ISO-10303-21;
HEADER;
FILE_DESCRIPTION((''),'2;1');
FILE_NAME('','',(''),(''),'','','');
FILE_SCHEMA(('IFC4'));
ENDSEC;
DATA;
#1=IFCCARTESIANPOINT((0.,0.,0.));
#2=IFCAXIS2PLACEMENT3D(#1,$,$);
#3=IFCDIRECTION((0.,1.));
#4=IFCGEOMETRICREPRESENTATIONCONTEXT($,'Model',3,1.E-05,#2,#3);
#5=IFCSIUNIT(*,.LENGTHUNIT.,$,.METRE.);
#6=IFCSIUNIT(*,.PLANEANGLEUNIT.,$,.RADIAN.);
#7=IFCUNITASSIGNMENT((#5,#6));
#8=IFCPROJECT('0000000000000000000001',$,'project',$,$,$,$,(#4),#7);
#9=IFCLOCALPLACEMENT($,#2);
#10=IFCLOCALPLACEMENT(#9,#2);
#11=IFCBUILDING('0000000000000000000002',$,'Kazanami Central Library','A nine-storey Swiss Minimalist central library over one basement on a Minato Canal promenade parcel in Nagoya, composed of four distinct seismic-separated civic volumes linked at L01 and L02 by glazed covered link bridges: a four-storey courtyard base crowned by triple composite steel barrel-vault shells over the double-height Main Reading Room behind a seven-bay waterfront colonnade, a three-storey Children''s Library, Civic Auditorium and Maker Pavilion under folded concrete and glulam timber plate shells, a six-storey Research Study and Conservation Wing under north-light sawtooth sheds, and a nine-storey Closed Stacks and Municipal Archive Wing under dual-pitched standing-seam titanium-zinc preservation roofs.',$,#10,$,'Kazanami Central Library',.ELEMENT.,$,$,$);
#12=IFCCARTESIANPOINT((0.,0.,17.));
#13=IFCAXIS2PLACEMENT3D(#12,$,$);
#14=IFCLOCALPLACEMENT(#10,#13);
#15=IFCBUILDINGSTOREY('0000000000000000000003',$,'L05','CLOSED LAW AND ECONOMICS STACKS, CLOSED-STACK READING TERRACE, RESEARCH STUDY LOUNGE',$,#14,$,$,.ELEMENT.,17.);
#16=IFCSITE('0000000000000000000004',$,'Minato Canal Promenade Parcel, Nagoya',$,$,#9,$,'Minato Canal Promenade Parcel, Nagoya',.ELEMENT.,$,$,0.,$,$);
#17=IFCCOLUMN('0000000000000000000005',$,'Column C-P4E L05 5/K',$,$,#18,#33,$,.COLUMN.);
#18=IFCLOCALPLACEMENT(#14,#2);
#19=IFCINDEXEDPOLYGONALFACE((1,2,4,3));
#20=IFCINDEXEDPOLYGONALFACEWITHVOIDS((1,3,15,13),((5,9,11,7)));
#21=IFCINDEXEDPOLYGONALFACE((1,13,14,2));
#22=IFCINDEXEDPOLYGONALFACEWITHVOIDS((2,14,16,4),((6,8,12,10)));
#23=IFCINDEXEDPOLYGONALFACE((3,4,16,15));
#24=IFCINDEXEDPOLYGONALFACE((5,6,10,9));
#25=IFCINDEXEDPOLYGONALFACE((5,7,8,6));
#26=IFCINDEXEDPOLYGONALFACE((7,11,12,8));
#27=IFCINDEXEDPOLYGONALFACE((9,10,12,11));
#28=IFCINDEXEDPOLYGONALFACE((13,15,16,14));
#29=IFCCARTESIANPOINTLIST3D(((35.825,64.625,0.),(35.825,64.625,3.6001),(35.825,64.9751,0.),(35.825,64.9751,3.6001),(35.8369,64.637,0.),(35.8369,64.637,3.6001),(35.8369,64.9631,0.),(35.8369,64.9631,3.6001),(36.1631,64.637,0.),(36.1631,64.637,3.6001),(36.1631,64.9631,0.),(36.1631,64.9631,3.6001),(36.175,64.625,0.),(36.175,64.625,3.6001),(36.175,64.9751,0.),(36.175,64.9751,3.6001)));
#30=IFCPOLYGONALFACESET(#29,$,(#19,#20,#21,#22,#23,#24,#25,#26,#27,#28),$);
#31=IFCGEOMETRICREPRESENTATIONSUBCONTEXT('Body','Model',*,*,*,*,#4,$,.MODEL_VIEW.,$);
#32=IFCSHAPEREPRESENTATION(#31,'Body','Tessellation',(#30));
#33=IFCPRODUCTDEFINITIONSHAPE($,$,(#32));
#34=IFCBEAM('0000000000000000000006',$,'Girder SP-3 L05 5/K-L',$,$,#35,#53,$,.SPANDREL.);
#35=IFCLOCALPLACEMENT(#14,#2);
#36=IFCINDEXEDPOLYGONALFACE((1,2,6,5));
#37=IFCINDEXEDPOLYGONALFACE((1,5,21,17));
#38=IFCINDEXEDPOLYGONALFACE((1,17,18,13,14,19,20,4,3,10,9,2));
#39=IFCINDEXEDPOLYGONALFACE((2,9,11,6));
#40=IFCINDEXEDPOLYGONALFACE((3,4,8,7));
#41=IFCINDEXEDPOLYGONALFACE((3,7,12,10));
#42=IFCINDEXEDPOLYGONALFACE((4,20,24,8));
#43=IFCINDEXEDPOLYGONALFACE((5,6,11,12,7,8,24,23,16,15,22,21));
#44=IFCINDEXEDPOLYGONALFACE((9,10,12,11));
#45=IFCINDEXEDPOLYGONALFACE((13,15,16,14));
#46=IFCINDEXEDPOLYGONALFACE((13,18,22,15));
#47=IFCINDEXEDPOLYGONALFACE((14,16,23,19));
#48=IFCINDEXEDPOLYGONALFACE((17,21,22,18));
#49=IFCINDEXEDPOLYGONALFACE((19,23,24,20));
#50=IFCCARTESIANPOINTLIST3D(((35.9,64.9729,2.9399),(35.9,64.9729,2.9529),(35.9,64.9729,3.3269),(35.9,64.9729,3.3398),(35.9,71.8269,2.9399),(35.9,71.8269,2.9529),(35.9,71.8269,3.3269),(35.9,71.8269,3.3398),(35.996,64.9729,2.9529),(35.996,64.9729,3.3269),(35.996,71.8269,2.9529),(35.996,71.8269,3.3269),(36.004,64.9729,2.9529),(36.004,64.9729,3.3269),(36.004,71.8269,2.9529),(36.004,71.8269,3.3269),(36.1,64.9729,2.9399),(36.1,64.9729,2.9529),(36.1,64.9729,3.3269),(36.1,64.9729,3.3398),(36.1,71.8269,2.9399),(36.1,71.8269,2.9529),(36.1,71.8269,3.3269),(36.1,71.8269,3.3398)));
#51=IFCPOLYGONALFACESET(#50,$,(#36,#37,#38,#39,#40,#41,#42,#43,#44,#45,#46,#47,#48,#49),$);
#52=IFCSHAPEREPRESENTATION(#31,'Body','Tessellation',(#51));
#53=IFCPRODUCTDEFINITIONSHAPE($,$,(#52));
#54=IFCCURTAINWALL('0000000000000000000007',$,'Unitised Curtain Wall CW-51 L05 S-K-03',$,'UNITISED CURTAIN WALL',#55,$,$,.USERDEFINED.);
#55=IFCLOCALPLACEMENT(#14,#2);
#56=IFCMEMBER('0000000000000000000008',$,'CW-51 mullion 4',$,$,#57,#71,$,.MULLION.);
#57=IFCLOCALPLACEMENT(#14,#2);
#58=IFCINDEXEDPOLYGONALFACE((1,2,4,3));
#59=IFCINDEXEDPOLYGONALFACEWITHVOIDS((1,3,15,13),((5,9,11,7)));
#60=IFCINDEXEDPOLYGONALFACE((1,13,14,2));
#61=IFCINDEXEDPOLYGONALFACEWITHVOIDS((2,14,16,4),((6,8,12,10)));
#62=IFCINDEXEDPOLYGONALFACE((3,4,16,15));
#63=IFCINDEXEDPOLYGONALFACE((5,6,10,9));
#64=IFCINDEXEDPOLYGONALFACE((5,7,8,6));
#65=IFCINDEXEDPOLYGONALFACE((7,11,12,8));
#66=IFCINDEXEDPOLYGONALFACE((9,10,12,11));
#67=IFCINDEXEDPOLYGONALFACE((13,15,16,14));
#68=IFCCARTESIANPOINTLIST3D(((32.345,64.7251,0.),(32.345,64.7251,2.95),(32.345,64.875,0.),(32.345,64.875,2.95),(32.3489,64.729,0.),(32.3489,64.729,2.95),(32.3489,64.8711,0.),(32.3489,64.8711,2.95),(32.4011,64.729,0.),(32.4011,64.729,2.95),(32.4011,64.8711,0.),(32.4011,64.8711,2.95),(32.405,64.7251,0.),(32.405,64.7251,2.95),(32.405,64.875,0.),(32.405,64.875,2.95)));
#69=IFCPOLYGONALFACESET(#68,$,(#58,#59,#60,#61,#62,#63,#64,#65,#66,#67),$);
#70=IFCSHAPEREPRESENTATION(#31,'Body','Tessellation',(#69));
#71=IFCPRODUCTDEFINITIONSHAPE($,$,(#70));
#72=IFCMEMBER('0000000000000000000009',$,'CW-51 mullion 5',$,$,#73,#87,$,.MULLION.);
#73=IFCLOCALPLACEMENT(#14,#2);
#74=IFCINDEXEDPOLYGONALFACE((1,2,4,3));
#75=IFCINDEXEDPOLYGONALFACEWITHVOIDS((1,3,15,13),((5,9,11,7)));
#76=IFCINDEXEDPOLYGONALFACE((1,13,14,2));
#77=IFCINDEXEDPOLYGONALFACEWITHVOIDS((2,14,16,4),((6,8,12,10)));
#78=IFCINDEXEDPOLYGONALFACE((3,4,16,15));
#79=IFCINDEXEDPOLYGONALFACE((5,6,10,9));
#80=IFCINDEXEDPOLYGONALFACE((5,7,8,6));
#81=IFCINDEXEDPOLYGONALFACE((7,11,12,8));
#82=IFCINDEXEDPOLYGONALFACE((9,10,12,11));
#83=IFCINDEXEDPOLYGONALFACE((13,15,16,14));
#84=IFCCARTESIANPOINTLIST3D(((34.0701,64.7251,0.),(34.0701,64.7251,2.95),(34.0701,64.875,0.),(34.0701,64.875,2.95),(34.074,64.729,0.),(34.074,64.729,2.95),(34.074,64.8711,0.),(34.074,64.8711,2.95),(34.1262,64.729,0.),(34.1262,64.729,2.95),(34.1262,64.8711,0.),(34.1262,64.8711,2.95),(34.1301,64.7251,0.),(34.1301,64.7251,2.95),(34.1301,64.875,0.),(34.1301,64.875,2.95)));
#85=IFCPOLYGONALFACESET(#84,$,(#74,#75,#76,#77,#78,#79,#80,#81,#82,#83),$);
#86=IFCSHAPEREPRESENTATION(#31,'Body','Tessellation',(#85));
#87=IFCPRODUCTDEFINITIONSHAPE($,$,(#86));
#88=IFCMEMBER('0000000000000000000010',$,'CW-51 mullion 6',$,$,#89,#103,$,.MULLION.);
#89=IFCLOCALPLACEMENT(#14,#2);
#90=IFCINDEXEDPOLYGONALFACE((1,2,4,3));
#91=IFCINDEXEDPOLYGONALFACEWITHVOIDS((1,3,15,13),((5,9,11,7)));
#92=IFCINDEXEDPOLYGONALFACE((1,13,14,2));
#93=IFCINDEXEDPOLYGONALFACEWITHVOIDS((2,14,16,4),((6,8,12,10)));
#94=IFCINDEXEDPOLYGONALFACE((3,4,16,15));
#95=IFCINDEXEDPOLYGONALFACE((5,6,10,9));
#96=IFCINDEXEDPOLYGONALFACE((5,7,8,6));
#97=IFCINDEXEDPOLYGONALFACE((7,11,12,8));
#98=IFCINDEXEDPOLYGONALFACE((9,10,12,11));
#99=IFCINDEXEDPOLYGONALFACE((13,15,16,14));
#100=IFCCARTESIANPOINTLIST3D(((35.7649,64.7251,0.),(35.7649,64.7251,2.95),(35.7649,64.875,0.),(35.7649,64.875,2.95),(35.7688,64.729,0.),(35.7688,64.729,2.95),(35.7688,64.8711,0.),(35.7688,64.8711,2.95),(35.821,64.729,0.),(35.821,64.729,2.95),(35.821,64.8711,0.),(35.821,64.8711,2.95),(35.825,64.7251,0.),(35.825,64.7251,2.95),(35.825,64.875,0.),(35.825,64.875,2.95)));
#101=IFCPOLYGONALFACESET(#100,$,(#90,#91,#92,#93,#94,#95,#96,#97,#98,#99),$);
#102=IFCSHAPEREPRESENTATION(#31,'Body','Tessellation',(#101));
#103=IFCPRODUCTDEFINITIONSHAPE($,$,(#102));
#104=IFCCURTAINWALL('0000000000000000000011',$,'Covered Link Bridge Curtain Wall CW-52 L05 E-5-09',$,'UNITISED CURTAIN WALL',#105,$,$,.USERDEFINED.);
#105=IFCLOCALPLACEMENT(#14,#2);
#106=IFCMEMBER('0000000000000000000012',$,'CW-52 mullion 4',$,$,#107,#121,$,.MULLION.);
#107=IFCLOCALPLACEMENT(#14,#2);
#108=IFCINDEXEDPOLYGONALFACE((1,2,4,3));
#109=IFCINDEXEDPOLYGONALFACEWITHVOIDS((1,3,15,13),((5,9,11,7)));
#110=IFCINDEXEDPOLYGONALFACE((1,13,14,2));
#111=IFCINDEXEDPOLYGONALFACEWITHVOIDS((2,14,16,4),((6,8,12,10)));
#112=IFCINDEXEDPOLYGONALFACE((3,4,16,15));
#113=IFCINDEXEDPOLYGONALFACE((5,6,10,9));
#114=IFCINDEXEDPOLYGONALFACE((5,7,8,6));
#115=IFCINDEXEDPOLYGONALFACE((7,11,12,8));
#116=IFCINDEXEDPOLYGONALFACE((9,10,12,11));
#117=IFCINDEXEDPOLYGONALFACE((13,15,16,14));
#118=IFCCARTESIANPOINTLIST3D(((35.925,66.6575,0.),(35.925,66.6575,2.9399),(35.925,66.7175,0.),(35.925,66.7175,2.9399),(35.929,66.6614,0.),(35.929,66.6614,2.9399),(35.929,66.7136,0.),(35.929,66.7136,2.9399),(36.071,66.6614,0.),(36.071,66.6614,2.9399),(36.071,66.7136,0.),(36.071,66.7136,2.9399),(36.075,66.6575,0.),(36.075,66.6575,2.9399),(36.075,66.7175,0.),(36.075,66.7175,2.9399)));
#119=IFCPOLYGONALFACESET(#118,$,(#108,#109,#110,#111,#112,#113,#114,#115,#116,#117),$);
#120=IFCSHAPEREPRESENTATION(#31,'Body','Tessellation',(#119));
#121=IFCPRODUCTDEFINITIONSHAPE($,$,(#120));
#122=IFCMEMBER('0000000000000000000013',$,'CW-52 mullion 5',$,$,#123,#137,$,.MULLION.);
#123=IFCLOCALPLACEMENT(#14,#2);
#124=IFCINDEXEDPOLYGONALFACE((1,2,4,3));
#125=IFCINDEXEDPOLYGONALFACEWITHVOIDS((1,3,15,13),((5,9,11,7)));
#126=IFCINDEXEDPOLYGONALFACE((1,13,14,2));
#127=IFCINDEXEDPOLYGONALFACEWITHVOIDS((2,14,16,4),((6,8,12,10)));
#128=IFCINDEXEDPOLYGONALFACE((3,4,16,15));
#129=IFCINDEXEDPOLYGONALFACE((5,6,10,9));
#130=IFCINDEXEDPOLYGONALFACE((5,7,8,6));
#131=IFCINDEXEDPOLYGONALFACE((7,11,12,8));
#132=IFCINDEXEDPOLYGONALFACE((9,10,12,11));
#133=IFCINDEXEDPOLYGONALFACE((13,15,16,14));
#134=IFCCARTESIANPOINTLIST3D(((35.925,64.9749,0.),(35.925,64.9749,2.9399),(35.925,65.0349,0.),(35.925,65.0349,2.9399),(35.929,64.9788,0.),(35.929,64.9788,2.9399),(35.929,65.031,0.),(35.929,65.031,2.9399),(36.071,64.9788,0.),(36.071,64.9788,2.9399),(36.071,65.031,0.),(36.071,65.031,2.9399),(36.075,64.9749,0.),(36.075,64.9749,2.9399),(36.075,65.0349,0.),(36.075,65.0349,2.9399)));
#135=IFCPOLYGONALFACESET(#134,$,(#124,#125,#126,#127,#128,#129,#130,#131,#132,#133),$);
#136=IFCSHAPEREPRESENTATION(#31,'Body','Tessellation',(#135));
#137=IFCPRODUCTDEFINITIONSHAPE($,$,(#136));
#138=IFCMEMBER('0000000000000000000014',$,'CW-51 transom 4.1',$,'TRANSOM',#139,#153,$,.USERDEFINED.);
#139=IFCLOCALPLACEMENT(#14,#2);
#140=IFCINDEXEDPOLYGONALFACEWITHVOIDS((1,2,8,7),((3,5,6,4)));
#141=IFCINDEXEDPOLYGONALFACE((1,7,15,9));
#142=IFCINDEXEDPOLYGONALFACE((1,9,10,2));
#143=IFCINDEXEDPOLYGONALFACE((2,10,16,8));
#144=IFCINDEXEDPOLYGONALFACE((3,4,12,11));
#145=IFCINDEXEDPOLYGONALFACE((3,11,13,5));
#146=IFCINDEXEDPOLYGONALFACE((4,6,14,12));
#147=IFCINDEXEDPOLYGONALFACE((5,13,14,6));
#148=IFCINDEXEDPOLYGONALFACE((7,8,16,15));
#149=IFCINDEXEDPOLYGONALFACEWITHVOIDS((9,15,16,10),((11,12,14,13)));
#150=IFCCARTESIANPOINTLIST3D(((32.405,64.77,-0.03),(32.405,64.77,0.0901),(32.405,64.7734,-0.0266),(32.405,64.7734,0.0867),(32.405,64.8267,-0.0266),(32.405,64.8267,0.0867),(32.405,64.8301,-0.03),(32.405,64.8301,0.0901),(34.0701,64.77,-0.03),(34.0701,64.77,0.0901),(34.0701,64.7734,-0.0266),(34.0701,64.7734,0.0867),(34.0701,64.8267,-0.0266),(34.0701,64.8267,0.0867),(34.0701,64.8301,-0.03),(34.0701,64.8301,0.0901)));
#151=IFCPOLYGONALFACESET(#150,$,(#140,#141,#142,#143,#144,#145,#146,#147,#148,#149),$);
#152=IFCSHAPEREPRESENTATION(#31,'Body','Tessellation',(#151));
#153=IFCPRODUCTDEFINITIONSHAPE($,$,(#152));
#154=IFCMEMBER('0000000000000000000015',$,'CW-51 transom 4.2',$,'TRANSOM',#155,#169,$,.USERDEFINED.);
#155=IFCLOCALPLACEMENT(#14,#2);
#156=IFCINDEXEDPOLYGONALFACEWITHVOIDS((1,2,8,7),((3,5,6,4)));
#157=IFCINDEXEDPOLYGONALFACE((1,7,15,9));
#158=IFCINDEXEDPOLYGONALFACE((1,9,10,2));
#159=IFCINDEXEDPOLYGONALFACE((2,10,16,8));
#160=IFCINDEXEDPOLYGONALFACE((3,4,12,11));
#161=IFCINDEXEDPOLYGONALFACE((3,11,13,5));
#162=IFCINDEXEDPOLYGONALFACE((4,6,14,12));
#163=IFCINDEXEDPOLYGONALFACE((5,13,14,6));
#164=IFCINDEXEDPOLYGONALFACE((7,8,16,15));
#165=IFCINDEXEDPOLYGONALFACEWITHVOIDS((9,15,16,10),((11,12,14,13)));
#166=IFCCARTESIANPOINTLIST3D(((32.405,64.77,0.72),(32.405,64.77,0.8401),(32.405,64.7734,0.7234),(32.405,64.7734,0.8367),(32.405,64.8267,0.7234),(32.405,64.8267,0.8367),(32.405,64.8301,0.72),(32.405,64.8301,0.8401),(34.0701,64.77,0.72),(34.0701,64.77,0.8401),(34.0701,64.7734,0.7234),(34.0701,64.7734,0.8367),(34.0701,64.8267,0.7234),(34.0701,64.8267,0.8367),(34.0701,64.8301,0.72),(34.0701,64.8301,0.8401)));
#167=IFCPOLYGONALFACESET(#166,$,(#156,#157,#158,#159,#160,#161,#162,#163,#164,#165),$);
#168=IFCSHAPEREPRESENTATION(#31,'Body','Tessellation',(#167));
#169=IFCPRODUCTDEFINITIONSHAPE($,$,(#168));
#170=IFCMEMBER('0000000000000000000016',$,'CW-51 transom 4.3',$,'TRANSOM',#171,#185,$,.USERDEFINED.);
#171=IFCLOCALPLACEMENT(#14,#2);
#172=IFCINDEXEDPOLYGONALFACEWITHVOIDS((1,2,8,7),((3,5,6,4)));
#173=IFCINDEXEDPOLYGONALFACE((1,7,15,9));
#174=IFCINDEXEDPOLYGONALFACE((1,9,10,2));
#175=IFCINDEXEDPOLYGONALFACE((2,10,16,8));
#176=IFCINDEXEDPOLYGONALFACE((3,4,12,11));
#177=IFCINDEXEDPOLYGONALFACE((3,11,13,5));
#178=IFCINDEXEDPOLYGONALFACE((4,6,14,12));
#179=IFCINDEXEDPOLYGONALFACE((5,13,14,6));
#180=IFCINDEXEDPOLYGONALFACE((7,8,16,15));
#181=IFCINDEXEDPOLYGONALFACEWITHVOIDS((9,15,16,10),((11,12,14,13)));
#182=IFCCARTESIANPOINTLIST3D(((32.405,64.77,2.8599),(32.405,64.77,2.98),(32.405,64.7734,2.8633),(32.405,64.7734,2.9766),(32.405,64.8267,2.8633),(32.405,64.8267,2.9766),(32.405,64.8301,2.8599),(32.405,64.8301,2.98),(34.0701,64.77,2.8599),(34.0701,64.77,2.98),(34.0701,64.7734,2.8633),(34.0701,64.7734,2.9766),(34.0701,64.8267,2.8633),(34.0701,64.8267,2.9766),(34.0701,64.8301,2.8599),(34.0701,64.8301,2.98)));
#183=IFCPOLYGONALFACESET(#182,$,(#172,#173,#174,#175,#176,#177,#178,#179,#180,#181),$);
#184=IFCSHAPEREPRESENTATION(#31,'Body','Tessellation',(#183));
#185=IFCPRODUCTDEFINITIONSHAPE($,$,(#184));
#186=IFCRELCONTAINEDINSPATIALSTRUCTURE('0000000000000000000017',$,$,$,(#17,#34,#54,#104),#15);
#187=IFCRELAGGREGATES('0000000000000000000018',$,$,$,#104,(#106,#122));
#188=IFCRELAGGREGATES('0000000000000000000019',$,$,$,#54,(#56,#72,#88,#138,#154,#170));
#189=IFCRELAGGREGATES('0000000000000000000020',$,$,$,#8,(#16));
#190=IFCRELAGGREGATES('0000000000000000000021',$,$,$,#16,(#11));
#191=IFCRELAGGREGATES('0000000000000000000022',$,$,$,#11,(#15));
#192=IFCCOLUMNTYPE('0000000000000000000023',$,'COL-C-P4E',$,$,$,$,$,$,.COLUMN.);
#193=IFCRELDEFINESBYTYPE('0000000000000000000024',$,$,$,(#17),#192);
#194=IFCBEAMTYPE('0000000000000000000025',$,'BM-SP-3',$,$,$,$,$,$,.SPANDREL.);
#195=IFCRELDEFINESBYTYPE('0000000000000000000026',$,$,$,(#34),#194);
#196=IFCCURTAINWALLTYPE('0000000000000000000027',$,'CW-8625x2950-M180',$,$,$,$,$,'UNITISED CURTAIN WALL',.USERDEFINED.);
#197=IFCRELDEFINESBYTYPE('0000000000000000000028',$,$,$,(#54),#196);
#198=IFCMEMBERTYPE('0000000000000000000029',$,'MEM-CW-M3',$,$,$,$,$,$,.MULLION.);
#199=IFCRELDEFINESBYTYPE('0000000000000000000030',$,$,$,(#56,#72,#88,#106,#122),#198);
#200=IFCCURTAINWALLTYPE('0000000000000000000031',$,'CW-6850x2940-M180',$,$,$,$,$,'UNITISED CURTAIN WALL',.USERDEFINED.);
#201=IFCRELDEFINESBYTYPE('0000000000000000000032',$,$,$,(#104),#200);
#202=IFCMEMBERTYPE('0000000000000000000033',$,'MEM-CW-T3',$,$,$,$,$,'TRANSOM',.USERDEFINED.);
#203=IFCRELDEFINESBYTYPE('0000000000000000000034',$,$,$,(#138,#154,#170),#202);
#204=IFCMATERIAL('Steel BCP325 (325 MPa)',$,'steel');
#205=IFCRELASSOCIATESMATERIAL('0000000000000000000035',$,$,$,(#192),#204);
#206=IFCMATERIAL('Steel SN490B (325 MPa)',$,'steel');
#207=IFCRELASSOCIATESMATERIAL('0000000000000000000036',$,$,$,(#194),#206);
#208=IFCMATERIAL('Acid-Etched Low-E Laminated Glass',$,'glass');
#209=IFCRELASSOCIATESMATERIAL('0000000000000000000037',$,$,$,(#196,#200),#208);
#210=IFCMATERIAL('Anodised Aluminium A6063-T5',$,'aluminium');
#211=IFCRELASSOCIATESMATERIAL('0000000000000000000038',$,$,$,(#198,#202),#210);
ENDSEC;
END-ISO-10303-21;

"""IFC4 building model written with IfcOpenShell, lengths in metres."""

from ifc_helpers import new_model, si_unit, direction, frame, origin, origin_2d, place, context, subcontext, project, spatial, hollow_rectangle, i_section, extrude, material, material_profile, profile_set, type_object, element, aggregate, save


model = new_model("IFC4")

# Units and contexts
model_context = context("Model", 3, precision=1e-05, world=origin(), true_north=direction((0.0, 1.0)))
body_context = subcontext(model_context, "Body", "Model", "MODEL_VIEW")
ifc_project = project(units=[si_unit("LENGTHUNIT", "METRE"), si_unit("PLANEANGLEUNIT", "RADIAN")], contexts=[model_context])

# Site, building, storey
site_placement = place(None, origin())
site = spatial("IfcSite", under=ifc_project, at=site_placement, Name="Minato Canal Promenade Parcel, Nagoya", LongName="Minato Canal Promenade Parcel, Nagoya", CompositionType="ELEMENT", RefElevation=0.0)
building_placement = place(site_placement, origin())
building = spatial("IfcBuilding", under=site, at=building_placement, Name="Kazanami Central Library", Description="A nine-storey Swiss Minimalist central library over one basement on a Minato Canal promenade parcel in Nagoya, composed of four distinct seismic-separated civic volumes linked at L01 and L02 by glazed covered link bridges: a four-storey courtyard base crowned by triple composite steel barrel-vault shells over the double-height Main Reading Room behind a seven-bay waterfront colonnade, a three-storey Children's Library, Civic Auditorium and Maker Pavilion under folded concrete and glulam timber plate shells, a six-storey Research Study and Conservation Wing under north-light sawtooth sheds, and a nine-storey Closed Stacks and Municipal Archive Wing under dual-pitched standing-seam titanium-zinc preservation roofs.", LongName="Kazanami Central Library", CompositionType="ELEMENT")
storey_placement = place(building_placement, frame((0.0, 0.0, 17.0)))
storey = spatial("IfcBuildingStorey", under=building, at=storey_placement, Name="L05", Description="CLOSED LAW AND ECONOMICS STACKS, CLOSED-STACK READING TERRACE, RESEARCH STUDY LOUNGE", CompositionType="ELEMENT", Elevation=17.0)

# Column
ifc_material_1 = material(Name="Steel BCP325 (325 MPa)", Category="steel")
ifc_material_profile_1 = material_profile(ifc_material_1, hollow_rectangle(XDim=0.3501, YDim=0.3501, WallThickness=0.012, at=origin_2d()), Name="STKR-350x350x12")
ifc_profile_set_1 = profile_set([ifc_material_profile_1], Name="Steel BCP325 (325 MPa)")
column_type = type_object("IfcColumnType", Name="COL-C-P4E", PredefinedType="COLUMN", material=ifc_profile_set_1)
column_placement = place(storey_placement, frame((36.0, 64.8, 0.0), z_axis=(0.0, 0.0, 1.0), x_axis=(1.0, 0.0, 0.0)))
element("IfcColumn", 1, at=column_placement, inside=storey, type_object=column_type, Name="Column C-P4E L05 5/K", PredefinedType="COLUMN", context=body_context, shape_type="SweptSolid", body=[
    extrude(hollow_rectangle(XDim=0.3501, YDim=0.3501, WallThickness=0.012, at=origin_2d()), origin(), (0.0, 0.0, 1.0), 3.6001),
])

# Beam
ifc_material_2 = material(Name="Steel SN490B (325 MPa)", Category="steel")
ifc_material_profile_2 = material_profile(ifc_material_2, i_section(OverallWidth=0.2, OverallDepth=0.3999, WebThickness=0.0081, FlangeThickness=0.0129, at=origin_2d()), Name="H-400x200x8x13")
ifc_profile_set_2 = profile_set([ifc_material_profile_2], Name="Steel SN490B (325 MPa)")
beam_type = type_object("IfcBeamType", Name="BM-SP-3", PredefinedType="SPANDREL", material=ifc_profile_set_2)
beam_placement = place(storey_placement, frame((36.0, 64.9729, 3.1399), z_axis=(0.0, 1.0, 0.0), x_axis=(-1.0, 0.0, 0.0)))
element("IfcBeam", 2, at=beam_placement, inside=storey, type_object=beam_type, Name="Girder SP-3 L05 5/K-L", PredefinedType="SPANDREL", context=body_context, shape_type="SweptSolid", body=[
    extrude(i_section(OverallWidth=0.2, OverallDepth=0.3999, WebThickness=0.0081, FlangeThickness=0.0129, at=origin_2d()), origin(), (0.0, 0.0, 1.0), 6.854),
])

# Curtain walls, members
ifc_material_3 = material(Name="Acid-Etched Low-E Laminated Glass", Category="glass")
curtain_wall_type_1 = type_object("IfcCurtainWallType", Name="CW-8625x2950-M180", ElementType="UNITISED CURTAIN WALL", PredefinedType="USERDEFINED", material=ifc_material_3)
curtain_wall_1_placement = place(storey_placement, origin())
curtain_wall_1 = element("IfcCurtainWall", 3, at=curtain_wall_1_placement, inside=storey, type_object=curtain_wall_type_1, Name="Unitised Curtain Wall CW-51 L05 S-K-03", ObjectType="UNITISED CURTAIN WALL", PredefinedType="USERDEFINED")
ifc_material_4 = material(Name="Anodised Aluminium A6063-T5", Category="aluminium")
ifc_material_profile_3 = material_profile(ifc_material_4, hollow_rectangle(XDim=0.0601, YDim=0.1499, WallThickness=0.0039, at=origin_2d()), Name="ALU-MULL-60x150x4")
ifc_profile_set_3 = profile_set([ifc_material_profile_3], Name="Anodised Aluminium A6063-T5")
member_type_1 = type_object("IfcMemberType", Name="MEM-CW-M3", PredefinedType="MULLION", material=ifc_profile_set_3)
member_1_placement = place(storey_placement, frame((32.375, 64.8, 0.0), z_axis=(0.0, 0.0, 1.0), x_axis=(1.0, 0.0, 0.0)))
member_1 = element("IfcMember", 4, at=member_1_placement, type_object=member_type_1, Name="CW-51 mullion 4", PredefinedType="MULLION", context=body_context, shape_type="SweptSolid", body=[
    extrude(hollow_rectangle(XDim=0.0601, YDim=0.1499, WallThickness=0.0039, at=origin_2d()), origin(), (0.0, 0.0, 1.0), 2.95),
])
member_2_placement = place(storey_placement, frame((34.1001, 64.8, 0.0), z_axis=(0.0, 0.0, 1.0), x_axis=(1.0, 0.0, 0.0)))
member_2 = element("IfcMember", 5, at=member_2_placement, type_object=member_type_1, Name="CW-51 mullion 5", PredefinedType="MULLION", context=body_context, shape_type="SweptSolid", body=[
    extrude(hollow_rectangle(XDim=0.0601, YDim=0.1499, WallThickness=0.0039, at=origin_2d()), origin(), (0.0, 0.0, 1.0), 2.95),
])
member_3_placement = place(storey_placement, frame((35.7949, 64.8, 0.0), z_axis=(0.0, 0.0, 1.0), x_axis=(1.0, 0.0, 0.0)))
member_3 = element("IfcMember", 6, at=member_3_placement, type_object=member_type_1, Name="CW-51 mullion 6", PredefinedType="MULLION", context=body_context, shape_type="SweptSolid", body=[
    extrude(hollow_rectangle(XDim=0.0601, YDim=0.1499, WallThickness=0.0039, at=origin_2d()), origin(), (0.0, 0.0, 1.0), 2.95),
])
curtain_wall_type_2 = type_object("IfcCurtainWallType", Name="CW-6850x2940-M180", ElementType="UNITISED CURTAIN WALL", PredefinedType="USERDEFINED", material=ifc_material_3)
curtain_wall_2_placement = place(storey_placement, origin())
curtain_wall_2 = element("IfcCurtainWall", 7, at=curtain_wall_2_placement, inside=storey, type_object=curtain_wall_type_2, Name="Covered Link Bridge Curtain Wall CW-52 L05 E-5-09", ObjectType="UNITISED CURTAIN WALL", PredefinedType="USERDEFINED")
member_4_placement = place(storey_placement, frame((36.0, 66.6875, 0.0), z_axis=(0.0, 0.0, 1.0), x_axis=(0.0, -1.0, 0.0)))
member_4 = element("IfcMember", 8, at=member_4_placement, type_object=member_type_1, Name="CW-52 mullion 4", PredefinedType="MULLION", context=body_context, shape_type="SweptSolid", body=[
    extrude(hollow_rectangle(XDim=0.0601, YDim=0.1499, WallThickness=0.0039, at=origin_2d()), origin(), (0.0, 0.0, 1.0), 2.9399),
])
member_5_placement = place(storey_placement, frame((36.0, 65.0049, 0.0), z_axis=(0.0, 0.0, 1.0), x_axis=(0.0, -1.0, 0.0)))
member_5 = element("IfcMember", 9, at=member_5_placement, type_object=member_type_1, Name="CW-52 mullion 5", PredefinedType="MULLION", context=body_context, shape_type="SweptSolid", body=[
    extrude(hollow_rectangle(XDim=0.0601, YDim=0.1499, WallThickness=0.0039, at=origin_2d()), origin(), (0.0, 0.0, 1.0), 2.9399),
])
aggregate(curtain_wall_2, [member_4, member_5])

# Members
ifc_material_profile_4 = material_profile(ifc_material_4, hollow_rectangle(XDim=0.0601, YDim=0.1201, WallThickness=0.0034, at=origin_2d()), Name="ALU-TRAN-60x120x3.5")
ifc_profile_set_4 = profile_set([ifc_material_profile_4], Name="Anodised Aluminium A6063-T5")
member_type_2 = type_object("IfcMemberType", Name="MEM-CW-T3", ElementType="TRANSOM", PredefinedType="USERDEFINED", material=ifc_profile_set_4)
member_6_placement = place(storey_placement, frame((32.405, 64.8, 0.03), z_axis=(1.0, 0.0, 0.0), x_axis=(0.0, 1.0, 0.0)))
member_6 = element("IfcMember", 10, at=member_6_placement, type_object=member_type_2, Name="CW-51 transom 4.1", ObjectType="TRANSOM", PredefinedType="USERDEFINED", context=body_context, shape_type="SweptSolid", body=[
    extrude(hollow_rectangle(XDim=0.0601, YDim=0.1201, WallThickness=0.0034, at=origin_2d()), origin(), (0.0, 0.0, 1.0), 1.665),
])
member_7_placement = place(storey_placement, frame((32.405, 64.8, 0.78), z_axis=(1.0, 0.0, 0.0), x_axis=(0.0, 1.0, 0.0)))
member_7 = element("IfcMember", 11, at=member_7_placement, type_object=member_type_2, Name="CW-51 transom 4.2", ObjectType="TRANSOM", PredefinedType="USERDEFINED", context=body_context, shape_type="SweptSolid", body=[
    extrude(hollow_rectangle(XDim=0.0601, YDim=0.1201, WallThickness=0.0034, at=origin_2d()), origin(), (0.0, 0.0, 1.0), 1.665),
])
member_8_placement = place(storey_placement, frame((32.405, 64.8, 2.9199), z_axis=(1.0, 0.0, 0.0), x_axis=(0.0, 1.0, 0.0)))
member_8 = element("IfcMember", 12, at=member_8_placement, type_object=member_type_2, Name="CW-51 transom 4.3", ObjectType="TRANSOM", PredefinedType="USERDEFINED", context=body_context, shape_type="SweptSolid", body=[
    extrude(hollow_rectangle(XDim=0.0601, YDim=0.1201, WallThickness=0.0034, at=origin_2d()), origin(), (0.0, 0.0, 1.0), 1.665),
])

aggregate(curtain_wall_1, [member_1, member_2, member_3, member_6, member_7, member_8])

save(model, "model.ifc")
